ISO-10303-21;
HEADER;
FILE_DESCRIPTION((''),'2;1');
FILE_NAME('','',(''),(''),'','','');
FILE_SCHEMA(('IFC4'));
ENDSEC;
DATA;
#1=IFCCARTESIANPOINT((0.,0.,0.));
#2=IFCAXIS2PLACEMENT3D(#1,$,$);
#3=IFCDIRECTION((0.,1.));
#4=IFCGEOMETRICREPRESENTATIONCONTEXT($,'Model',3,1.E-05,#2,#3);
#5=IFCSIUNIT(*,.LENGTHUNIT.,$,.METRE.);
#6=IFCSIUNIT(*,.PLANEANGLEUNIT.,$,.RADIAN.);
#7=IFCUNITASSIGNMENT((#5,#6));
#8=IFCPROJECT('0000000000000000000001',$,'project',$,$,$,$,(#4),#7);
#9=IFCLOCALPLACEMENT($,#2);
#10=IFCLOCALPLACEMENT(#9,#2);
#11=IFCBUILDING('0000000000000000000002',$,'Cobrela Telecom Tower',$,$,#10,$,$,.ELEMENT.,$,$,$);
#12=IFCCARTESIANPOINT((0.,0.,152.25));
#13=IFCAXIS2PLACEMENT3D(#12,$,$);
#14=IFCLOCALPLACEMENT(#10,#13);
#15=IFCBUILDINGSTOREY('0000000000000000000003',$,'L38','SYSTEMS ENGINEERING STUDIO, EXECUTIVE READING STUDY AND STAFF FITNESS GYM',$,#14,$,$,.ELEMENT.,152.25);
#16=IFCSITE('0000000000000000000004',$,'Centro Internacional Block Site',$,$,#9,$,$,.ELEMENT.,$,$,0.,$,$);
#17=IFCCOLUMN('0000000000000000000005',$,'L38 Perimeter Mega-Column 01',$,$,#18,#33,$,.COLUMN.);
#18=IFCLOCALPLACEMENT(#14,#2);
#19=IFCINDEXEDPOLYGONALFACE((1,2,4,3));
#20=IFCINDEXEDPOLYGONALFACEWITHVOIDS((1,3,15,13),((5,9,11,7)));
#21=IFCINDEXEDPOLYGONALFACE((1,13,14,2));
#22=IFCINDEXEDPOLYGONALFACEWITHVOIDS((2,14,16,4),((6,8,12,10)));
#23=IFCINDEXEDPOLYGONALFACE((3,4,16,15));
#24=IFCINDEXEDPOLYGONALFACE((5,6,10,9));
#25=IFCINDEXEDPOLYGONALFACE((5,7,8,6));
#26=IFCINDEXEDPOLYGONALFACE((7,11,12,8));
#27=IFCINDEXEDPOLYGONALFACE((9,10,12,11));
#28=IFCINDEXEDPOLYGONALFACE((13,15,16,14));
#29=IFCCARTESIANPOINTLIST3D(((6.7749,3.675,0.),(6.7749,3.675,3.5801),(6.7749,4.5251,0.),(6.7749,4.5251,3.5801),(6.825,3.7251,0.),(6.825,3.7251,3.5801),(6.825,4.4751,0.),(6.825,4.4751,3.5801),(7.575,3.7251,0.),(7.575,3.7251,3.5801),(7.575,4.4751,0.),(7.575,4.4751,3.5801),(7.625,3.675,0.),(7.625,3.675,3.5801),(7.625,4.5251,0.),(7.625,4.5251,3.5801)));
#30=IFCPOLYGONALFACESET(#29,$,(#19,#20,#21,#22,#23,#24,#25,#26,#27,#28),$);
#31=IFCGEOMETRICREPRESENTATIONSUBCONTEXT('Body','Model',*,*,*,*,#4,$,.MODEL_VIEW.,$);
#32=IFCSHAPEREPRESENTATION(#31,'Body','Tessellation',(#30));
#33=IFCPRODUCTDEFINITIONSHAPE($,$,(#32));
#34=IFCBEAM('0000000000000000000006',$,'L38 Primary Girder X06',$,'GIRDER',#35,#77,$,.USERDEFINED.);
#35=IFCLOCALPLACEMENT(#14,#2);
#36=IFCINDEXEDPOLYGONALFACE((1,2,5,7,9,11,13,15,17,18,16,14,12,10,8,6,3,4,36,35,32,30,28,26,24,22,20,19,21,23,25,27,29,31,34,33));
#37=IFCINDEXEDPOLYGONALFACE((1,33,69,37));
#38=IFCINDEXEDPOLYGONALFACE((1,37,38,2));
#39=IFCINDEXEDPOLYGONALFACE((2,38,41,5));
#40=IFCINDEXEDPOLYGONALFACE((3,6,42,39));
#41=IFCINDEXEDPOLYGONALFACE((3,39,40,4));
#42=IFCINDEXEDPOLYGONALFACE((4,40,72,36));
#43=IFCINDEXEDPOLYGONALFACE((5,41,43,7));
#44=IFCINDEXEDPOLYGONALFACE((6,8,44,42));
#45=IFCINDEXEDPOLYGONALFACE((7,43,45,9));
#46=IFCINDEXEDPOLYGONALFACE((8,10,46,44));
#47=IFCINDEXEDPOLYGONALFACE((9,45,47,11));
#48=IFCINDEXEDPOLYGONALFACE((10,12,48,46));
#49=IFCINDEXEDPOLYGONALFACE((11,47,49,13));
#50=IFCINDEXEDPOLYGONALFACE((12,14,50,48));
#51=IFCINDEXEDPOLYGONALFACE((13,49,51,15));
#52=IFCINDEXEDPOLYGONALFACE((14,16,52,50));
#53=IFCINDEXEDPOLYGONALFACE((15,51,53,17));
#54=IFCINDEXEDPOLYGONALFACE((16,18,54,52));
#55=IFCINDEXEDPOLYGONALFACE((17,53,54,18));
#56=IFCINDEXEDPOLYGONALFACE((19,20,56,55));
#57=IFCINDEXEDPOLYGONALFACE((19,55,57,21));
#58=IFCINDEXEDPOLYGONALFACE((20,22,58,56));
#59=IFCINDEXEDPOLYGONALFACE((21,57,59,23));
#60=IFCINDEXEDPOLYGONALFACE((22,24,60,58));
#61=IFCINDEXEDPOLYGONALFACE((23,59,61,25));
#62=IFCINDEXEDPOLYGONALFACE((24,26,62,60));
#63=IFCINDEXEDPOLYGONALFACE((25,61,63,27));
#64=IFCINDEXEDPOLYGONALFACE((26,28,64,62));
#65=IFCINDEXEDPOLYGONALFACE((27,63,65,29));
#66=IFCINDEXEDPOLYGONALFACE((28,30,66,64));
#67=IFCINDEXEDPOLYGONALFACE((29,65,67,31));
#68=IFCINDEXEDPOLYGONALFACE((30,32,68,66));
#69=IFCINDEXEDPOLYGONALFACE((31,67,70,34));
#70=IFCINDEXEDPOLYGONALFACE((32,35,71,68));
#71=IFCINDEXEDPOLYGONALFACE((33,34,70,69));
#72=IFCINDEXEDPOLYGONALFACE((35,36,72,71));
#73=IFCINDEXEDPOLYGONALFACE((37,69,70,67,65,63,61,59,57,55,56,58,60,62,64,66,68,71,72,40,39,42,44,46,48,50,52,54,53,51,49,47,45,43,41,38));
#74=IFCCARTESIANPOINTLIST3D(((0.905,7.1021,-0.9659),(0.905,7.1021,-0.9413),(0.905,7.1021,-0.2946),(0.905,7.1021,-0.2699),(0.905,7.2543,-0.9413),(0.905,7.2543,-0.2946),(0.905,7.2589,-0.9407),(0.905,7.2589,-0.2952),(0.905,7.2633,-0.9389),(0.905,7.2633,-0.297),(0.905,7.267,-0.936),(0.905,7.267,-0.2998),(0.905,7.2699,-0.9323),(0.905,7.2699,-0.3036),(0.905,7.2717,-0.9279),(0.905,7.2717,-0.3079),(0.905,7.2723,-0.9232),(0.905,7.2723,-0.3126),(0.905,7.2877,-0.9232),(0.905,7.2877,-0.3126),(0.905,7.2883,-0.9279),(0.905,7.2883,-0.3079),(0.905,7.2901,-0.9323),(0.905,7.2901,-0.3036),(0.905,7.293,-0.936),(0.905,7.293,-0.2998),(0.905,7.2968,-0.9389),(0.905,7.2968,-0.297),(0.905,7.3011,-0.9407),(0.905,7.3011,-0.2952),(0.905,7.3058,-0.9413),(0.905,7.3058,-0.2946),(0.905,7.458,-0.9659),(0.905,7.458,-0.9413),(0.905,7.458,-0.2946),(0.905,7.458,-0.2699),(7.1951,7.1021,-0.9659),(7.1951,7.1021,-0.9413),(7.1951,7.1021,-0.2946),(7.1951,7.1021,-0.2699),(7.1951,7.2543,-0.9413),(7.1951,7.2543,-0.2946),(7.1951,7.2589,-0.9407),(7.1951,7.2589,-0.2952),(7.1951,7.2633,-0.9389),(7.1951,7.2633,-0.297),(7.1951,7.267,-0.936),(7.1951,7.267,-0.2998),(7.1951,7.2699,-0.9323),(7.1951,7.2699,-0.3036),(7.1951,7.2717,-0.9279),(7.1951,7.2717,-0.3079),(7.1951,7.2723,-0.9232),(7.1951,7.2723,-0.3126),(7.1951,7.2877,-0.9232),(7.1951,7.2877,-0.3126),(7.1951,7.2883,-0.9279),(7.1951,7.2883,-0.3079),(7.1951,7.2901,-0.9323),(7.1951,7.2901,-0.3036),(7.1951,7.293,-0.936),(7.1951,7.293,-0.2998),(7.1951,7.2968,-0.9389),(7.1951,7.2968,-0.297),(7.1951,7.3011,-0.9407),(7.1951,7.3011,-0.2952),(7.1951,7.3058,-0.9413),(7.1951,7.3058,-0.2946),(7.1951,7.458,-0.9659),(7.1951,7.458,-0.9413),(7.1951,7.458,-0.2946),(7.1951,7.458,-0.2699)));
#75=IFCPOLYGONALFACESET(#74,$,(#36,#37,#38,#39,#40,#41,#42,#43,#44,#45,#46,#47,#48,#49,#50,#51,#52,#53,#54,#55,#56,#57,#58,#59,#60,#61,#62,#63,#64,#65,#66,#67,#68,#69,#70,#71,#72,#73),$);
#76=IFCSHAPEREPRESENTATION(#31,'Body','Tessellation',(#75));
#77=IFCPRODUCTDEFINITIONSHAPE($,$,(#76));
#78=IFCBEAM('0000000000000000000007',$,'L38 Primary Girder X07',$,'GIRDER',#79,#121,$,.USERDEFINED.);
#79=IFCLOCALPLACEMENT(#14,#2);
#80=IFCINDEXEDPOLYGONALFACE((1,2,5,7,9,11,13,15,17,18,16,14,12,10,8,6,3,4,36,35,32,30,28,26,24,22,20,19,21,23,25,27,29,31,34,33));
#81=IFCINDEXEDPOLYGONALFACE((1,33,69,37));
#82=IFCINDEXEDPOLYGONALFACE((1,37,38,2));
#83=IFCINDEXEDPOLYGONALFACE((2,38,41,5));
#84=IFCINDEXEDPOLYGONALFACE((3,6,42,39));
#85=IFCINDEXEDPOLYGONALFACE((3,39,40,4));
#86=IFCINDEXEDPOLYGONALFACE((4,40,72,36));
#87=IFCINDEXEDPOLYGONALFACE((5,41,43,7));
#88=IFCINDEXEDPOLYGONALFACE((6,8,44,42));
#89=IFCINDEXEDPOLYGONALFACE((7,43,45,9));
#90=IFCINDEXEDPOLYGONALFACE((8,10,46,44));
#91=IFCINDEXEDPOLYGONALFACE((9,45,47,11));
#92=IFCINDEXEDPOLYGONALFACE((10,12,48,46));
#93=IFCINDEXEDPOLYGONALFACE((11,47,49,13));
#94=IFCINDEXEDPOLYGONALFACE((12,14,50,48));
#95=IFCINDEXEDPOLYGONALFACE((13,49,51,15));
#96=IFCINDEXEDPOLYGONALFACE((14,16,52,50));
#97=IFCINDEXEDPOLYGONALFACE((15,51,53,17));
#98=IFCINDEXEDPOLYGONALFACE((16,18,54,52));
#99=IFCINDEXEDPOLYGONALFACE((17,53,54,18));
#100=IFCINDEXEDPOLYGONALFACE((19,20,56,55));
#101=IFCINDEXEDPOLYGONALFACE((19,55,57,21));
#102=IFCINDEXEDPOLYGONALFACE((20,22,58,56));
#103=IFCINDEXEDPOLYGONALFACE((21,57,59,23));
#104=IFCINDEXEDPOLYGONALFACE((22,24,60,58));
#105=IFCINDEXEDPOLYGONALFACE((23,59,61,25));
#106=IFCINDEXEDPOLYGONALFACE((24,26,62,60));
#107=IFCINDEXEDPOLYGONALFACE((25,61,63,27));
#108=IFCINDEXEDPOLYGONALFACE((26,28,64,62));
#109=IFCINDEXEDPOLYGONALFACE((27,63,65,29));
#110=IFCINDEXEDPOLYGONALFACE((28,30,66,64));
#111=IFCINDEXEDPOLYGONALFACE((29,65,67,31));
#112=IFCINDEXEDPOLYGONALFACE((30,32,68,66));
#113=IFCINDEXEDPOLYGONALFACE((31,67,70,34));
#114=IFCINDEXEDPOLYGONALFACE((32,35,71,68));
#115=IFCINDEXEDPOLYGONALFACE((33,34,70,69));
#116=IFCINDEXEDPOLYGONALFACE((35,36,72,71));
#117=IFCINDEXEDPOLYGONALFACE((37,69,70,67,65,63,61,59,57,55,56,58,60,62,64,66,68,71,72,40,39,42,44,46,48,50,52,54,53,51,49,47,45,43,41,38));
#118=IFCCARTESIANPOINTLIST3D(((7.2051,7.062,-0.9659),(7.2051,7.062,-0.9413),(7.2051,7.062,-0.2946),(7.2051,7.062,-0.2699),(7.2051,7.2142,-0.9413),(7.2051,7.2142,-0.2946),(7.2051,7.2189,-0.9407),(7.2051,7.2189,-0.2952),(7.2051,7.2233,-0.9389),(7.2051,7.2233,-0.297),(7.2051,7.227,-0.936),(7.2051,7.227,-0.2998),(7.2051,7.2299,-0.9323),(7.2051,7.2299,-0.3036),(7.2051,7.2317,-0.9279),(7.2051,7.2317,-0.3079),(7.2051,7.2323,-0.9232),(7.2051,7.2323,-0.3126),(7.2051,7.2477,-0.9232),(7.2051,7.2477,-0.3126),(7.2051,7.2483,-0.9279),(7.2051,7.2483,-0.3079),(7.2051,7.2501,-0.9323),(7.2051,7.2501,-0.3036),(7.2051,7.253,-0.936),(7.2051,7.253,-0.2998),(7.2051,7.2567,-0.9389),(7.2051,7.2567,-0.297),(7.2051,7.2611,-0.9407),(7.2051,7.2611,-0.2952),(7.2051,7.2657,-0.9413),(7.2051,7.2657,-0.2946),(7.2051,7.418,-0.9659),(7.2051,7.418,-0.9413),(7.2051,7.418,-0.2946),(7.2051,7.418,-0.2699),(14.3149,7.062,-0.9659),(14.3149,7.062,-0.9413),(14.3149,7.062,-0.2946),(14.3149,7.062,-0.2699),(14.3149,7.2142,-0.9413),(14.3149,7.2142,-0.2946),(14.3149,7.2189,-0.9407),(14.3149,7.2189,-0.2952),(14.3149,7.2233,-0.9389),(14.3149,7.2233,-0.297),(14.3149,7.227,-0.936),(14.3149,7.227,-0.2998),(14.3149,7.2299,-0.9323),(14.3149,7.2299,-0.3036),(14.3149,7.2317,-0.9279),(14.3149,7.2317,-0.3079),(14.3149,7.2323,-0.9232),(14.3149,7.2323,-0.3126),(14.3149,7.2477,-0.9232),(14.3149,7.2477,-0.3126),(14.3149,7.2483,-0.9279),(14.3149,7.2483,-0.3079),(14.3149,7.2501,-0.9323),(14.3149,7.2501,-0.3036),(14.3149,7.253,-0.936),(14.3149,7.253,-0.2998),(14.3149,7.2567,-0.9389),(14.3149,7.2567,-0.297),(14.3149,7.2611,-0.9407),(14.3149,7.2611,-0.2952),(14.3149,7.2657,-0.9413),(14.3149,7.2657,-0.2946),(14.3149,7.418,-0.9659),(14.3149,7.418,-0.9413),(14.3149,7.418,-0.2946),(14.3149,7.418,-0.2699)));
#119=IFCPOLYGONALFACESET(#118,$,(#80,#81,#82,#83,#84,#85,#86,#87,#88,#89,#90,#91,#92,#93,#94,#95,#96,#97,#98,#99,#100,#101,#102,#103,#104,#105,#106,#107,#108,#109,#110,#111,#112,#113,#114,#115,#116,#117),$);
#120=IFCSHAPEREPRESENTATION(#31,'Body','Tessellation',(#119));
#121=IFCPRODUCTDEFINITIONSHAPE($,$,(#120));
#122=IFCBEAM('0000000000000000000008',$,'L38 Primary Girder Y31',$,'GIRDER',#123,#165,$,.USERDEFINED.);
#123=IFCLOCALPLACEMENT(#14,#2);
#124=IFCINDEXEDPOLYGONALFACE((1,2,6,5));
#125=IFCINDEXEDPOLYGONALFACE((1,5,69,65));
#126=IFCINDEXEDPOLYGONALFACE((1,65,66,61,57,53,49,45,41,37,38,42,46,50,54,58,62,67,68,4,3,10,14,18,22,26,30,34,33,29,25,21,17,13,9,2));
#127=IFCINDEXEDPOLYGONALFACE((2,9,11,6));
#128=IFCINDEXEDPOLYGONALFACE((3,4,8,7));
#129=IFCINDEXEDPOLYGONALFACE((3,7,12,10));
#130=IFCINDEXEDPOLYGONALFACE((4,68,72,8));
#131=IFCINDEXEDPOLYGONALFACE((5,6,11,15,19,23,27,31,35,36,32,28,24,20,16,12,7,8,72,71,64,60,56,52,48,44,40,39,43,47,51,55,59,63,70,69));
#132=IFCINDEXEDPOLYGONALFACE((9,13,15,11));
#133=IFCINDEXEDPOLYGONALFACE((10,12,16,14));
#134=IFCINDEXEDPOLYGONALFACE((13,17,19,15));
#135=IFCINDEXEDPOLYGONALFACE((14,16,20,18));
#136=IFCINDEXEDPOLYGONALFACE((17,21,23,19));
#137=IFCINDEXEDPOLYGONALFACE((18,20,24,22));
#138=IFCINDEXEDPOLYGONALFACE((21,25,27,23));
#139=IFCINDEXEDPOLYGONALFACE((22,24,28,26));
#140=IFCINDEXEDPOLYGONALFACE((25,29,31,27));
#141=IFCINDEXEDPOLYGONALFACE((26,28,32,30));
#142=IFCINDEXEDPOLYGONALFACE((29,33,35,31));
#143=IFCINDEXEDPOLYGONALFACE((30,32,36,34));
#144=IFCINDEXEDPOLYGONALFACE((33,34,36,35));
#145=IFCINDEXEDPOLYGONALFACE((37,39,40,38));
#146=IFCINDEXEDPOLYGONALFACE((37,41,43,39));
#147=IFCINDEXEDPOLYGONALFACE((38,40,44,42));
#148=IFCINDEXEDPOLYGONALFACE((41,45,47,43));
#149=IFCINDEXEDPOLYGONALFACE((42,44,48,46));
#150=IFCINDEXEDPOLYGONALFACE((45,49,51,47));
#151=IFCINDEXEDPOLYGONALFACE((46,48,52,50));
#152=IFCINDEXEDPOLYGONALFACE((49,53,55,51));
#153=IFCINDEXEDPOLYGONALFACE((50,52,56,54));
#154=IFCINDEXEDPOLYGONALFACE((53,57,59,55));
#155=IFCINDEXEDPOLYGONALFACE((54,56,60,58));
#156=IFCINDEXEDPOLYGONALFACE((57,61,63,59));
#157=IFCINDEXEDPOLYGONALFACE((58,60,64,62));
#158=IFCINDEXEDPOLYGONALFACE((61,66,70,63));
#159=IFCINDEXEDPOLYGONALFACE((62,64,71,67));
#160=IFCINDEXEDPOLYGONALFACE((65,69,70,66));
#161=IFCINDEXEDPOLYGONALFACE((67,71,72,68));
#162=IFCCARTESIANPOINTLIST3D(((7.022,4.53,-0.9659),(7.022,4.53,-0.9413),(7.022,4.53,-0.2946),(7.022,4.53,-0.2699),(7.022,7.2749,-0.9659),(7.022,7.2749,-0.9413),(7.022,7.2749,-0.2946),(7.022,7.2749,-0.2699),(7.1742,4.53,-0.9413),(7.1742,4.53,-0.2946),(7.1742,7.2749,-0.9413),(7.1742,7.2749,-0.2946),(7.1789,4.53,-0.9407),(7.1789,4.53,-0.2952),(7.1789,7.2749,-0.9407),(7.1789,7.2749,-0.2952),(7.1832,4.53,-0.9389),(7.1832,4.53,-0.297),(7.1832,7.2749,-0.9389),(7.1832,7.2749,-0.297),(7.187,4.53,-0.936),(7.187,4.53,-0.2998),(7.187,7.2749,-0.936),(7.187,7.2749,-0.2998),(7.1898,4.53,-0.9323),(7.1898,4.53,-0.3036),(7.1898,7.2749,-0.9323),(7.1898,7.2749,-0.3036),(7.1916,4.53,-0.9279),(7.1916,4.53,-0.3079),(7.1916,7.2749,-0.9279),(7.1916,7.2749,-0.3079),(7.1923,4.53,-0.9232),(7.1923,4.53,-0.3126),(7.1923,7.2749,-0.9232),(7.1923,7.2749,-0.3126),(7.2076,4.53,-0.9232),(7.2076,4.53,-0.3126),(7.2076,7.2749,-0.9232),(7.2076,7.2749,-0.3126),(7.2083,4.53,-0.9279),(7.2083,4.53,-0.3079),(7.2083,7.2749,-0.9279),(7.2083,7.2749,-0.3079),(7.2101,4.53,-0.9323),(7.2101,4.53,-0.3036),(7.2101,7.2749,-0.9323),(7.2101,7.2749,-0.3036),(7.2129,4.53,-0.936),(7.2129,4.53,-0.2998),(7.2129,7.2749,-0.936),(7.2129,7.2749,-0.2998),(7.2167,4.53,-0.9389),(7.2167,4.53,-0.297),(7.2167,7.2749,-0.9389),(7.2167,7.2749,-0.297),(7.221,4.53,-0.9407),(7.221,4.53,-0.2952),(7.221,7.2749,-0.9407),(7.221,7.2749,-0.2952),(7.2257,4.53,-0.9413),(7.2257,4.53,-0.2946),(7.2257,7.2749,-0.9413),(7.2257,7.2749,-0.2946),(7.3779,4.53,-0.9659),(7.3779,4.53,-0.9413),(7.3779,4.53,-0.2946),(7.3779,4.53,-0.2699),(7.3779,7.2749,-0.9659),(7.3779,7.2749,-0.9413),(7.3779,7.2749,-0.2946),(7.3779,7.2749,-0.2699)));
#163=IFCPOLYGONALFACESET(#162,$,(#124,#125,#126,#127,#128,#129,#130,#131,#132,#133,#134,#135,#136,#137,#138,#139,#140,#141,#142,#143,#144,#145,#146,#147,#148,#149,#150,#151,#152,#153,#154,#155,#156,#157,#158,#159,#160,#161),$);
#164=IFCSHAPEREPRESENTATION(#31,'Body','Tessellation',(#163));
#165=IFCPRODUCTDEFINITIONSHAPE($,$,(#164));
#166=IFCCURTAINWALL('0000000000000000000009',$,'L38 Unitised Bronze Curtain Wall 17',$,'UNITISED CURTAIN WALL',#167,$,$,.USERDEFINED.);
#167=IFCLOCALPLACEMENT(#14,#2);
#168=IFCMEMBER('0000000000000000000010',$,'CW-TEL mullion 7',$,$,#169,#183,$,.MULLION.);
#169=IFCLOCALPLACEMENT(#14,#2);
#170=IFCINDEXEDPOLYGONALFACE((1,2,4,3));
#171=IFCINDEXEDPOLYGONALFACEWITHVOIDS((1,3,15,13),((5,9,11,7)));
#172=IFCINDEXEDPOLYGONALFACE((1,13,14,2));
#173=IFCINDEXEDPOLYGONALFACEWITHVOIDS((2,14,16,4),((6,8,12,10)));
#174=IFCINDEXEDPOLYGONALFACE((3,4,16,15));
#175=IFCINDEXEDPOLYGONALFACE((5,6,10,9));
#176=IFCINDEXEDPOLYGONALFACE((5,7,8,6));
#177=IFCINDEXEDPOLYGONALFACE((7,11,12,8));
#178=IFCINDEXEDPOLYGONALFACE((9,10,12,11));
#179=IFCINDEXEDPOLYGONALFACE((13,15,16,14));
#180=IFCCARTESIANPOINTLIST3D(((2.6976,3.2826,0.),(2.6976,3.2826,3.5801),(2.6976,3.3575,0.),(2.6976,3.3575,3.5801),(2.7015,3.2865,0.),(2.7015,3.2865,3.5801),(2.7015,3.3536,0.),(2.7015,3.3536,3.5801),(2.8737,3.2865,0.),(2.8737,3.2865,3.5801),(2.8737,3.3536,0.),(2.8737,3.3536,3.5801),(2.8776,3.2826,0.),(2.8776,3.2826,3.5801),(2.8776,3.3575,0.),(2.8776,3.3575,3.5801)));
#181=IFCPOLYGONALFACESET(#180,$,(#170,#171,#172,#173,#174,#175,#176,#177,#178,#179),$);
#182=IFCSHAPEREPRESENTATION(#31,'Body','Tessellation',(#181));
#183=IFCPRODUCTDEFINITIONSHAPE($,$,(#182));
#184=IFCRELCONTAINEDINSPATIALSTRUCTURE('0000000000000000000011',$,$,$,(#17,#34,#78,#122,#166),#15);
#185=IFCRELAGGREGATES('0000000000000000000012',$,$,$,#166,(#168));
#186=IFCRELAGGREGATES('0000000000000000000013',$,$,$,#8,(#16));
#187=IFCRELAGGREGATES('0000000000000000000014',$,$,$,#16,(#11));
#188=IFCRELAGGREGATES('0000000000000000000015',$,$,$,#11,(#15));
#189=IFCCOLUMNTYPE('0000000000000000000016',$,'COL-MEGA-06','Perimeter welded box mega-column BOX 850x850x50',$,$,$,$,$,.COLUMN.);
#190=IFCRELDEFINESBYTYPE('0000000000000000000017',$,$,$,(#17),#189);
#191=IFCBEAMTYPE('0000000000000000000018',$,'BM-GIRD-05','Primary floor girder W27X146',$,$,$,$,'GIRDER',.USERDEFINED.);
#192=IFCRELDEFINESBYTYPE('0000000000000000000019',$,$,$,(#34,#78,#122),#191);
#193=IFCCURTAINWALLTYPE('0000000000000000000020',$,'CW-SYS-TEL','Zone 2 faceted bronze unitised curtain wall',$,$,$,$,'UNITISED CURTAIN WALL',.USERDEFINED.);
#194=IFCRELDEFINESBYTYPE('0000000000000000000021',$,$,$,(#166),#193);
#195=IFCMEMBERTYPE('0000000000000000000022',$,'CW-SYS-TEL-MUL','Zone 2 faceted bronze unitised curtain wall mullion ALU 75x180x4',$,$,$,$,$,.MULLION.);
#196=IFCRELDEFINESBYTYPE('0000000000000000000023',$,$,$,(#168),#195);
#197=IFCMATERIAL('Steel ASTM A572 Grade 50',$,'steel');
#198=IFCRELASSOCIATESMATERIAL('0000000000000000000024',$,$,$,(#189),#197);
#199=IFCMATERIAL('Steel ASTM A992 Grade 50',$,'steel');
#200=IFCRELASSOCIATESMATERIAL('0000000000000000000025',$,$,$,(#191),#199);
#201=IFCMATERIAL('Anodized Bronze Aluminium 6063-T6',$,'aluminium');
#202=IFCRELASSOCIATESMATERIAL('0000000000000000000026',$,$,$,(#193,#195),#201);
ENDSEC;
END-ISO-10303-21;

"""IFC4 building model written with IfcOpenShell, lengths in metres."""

from ifc_helpers import new_model, si_unit, direction, frame, origin, origin_2d, place, context, subcontext, project, spatial, hollow_rectangle, i_section, extrude, material, material_profile, profile_set, type_object, element, aggregate, save


model = new_model("IFC4")

# Units and contexts
model_context = context("Model", 3, precision=1e-05, world=origin(), true_north=direction((0.0, 1.0)))
body_context = subcontext(model_context, "Body", "Model", "MODEL_VIEW")
ifc_project = project(units=[si_unit("LENGTHUNIT", "METRE"), si_unit("PLANEANGLEUNIT", "RADIAN")], contexts=[model_context])

# Site, building, storey
site_placement = place(None, origin())
site = spatial("IfcSite", under=ifc_project, at=site_placement, Name="Centro Internacional Block Site", CompositionType="ELEMENT", RefElevation=0.0)
building_placement = place(site_placement, origin())
building = spatial("IfcBuilding", under=site, at=building_placement, Name="Cobrela Telecom Tower", CompositionType="ELEMENT")
storey_placement = place(building_placement, frame((0.0, 0.0, 152.25)))
storey = spatial("IfcBuildingStorey", under=building, at=storey_placement, Name="L38", Description="SYSTEMS ENGINEERING STUDIO, EXECUTIVE READING STUDY AND STAFF FITNESS GYM", CompositionType="ELEMENT", Elevation=152.25)

# Column
ifc_material_1 = material(Name="Steel ASTM A572 Grade 50", Category="steel")
ifc_material_profile_1 = material_profile(ifc_material_1, hollow_rectangle(XDim=0.8501, YDim=0.8501, WallThickness=0.05, at=origin_2d()), Name="BOX 850x850x50")
ifc_profile_set_1 = profile_set([ifc_material_profile_1], Name="Steel ASTM A572 Grade 50")
column_type = type_object("IfcColumnType", Name="COL-MEGA-06", Description="Perimeter welded box mega-column BOX 850x850x50", PredefinedType="COLUMN", material=ifc_profile_set_1)
column_placement = place(storey_placement, frame((7.2, 4.1001, 0.0), z_axis=(0.0, 0.0, 1.0), x_axis=(1.0, 0.0, 0.0)))
element("IfcColumn", 1, at=column_placement, inside=storey, type_object=column_type, Name="L38 Perimeter Mega-Column 01", PredefinedType="COLUMN", context=body_context, shape_type="SweptSolid", body=[
    extrude(hollow_rectangle(XDim=0.8501, YDim=0.8501, WallThickness=0.05, at=origin_2d()), origin(), (0.0, 0.0, 1.0), 3.5801),
])

# Beams
ifc_material_2 = material(Name="Steel ASTM A992 Grade 50", Category="steel")
ifc_material_profile_2 = material_profile(ifc_material_2, i_section(OverallWidth=0.356, OverallDepth=0.696, WebThickness=0.0154, FlangeThickness=0.0247, FilletRadius=0.0181, at=origin_2d()), Name="W27X146")
ifc_profile_set_2 = profile_set([ifc_material_profile_2], Name="Steel ASTM A992 Grade 50")
beam_type = type_object("IfcBeamType", Name="BM-GIRD-05", Description="Primary floor girder W27X146", ElementType="GIRDER", PredefinedType="USERDEFINED", material=ifc_profile_set_2)
beam_1_placement = place(storey_placement, frame((0.905, 7.28, -0.6179), z_axis=(1.0, 0.0, 0.0), x_axis=(0.0, 1.0, 0.0)))
element("IfcBeam", 2, at=beam_1_placement, inside=storey, type_object=beam_type, Name="L38 Primary Girder X06", ObjectType="GIRDER", PredefinedType="USERDEFINED", context=body_context, shape_type="SweptSolid", body=[
    extrude(i_section(OverallWidth=0.356, OverallDepth=0.696, WebThickness=0.0154, FlangeThickness=0.0247, FilletRadius=0.0181, at=origin_2d()), origin(), (0.0, 0.0, 1.0), 6.29),
])
beam_2_placement = place(storey_placement, frame((7.2051, 7.24, -0.6179), z_axis=(1.0, 0.0, 0.0), x_axis=(0.0, 1.0, 0.0)))
element("IfcBeam", 3, at=beam_2_placement, inside=storey, type_object=beam_type, Name="L38 Primary Girder X07", ObjectType="GIRDER", PredefinedType="USERDEFINED", context=body_context, shape_type="SweptSolid", body=[
    extrude(i_section(OverallWidth=0.356, OverallDepth=0.696, WebThickness=0.0154, FlangeThickness=0.0247, FilletRadius=0.0181, at=origin_2d()), origin(), (0.0, 0.0, 1.0), 7.1099),
])
beam_3_placement = place(storey_placement, frame((7.2, 4.53, -0.6179), z_axis=(0.0, 1.0, 0.0), x_axis=(-1.0, 0.0, 0.0)))
element("IfcBeam", 4, at=beam_3_placement, inside=storey, type_object=beam_type, Name="L38 Primary Girder Y31", ObjectType="GIRDER", PredefinedType="USERDEFINED", context=body_context, shape_type="SweptSolid", body=[
    extrude(i_section(OverallWidth=0.356, OverallDepth=0.696, WebThickness=0.0154, FlangeThickness=0.0247, FilletRadius=0.0181, at=origin_2d()), origin(), (0.0, 0.0, 1.0), 2.7449),
])

# Curtain wall, member
ifc_material_3 = material(Name="Anodized Bronze Aluminium 6063-T6", Category="aluminium")
curtain_wall_type = type_object("IfcCurtainWallType", Name="CW-SYS-TEL", Description="Zone 2 faceted bronze unitised curtain wall", ElementType="UNITISED CURTAIN WALL", PredefinedType="USERDEFINED", material=ifc_material_3)
curtain_wall_placement = place(storey_placement, origin())
curtain_wall = element("IfcCurtainWall", 5, at=curtain_wall_placement, inside=storey, type_object=curtain_wall_type, Name="L38 Unitised Bronze Curtain Wall 17", ObjectType="UNITISED CURTAIN WALL", PredefinedType="USERDEFINED")
ifc_material_profile_3 = material_profile(ifc_material_3, hollow_rectangle(XDim=0.075, YDim=0.1799, WallThickness=0.0039, at=origin_2d()), Name="ALU 75x180x4")
ifc_profile_set_3 = profile_set([ifc_material_profile_3], Name="Anodized Bronze Aluminium 6063-T6")
member_type = type_object("IfcMemberType", Name="CW-SYS-TEL-MUL", Description="Zone 2 faceted bronze unitised curtain wall mullion ALU 75x180x4", PredefinedType="MULLION", material=ifc_profile_set_3)
member_placement = place(storey_placement, frame((2.7876, 3.3201, 0.0), z_axis=(0.0, 0.0, 1.0), x_axis=(0.0, -1.0, 0.0)))
member = element("IfcMember", 6, at=member_placement, type_object=member_type, Name="CW-TEL mullion 7", PredefinedType="MULLION", context=body_context, shape_type="SweptSolid", body=[
    extrude(hollow_rectangle(XDim=0.075, YDim=0.1799, WallThickness=0.0039, at=origin_2d()), origin(), (0.0, 0.0, 1.0), 3.5801),
])
aggregate(curtain_wall, [member])

save(model, "model.ifc")
